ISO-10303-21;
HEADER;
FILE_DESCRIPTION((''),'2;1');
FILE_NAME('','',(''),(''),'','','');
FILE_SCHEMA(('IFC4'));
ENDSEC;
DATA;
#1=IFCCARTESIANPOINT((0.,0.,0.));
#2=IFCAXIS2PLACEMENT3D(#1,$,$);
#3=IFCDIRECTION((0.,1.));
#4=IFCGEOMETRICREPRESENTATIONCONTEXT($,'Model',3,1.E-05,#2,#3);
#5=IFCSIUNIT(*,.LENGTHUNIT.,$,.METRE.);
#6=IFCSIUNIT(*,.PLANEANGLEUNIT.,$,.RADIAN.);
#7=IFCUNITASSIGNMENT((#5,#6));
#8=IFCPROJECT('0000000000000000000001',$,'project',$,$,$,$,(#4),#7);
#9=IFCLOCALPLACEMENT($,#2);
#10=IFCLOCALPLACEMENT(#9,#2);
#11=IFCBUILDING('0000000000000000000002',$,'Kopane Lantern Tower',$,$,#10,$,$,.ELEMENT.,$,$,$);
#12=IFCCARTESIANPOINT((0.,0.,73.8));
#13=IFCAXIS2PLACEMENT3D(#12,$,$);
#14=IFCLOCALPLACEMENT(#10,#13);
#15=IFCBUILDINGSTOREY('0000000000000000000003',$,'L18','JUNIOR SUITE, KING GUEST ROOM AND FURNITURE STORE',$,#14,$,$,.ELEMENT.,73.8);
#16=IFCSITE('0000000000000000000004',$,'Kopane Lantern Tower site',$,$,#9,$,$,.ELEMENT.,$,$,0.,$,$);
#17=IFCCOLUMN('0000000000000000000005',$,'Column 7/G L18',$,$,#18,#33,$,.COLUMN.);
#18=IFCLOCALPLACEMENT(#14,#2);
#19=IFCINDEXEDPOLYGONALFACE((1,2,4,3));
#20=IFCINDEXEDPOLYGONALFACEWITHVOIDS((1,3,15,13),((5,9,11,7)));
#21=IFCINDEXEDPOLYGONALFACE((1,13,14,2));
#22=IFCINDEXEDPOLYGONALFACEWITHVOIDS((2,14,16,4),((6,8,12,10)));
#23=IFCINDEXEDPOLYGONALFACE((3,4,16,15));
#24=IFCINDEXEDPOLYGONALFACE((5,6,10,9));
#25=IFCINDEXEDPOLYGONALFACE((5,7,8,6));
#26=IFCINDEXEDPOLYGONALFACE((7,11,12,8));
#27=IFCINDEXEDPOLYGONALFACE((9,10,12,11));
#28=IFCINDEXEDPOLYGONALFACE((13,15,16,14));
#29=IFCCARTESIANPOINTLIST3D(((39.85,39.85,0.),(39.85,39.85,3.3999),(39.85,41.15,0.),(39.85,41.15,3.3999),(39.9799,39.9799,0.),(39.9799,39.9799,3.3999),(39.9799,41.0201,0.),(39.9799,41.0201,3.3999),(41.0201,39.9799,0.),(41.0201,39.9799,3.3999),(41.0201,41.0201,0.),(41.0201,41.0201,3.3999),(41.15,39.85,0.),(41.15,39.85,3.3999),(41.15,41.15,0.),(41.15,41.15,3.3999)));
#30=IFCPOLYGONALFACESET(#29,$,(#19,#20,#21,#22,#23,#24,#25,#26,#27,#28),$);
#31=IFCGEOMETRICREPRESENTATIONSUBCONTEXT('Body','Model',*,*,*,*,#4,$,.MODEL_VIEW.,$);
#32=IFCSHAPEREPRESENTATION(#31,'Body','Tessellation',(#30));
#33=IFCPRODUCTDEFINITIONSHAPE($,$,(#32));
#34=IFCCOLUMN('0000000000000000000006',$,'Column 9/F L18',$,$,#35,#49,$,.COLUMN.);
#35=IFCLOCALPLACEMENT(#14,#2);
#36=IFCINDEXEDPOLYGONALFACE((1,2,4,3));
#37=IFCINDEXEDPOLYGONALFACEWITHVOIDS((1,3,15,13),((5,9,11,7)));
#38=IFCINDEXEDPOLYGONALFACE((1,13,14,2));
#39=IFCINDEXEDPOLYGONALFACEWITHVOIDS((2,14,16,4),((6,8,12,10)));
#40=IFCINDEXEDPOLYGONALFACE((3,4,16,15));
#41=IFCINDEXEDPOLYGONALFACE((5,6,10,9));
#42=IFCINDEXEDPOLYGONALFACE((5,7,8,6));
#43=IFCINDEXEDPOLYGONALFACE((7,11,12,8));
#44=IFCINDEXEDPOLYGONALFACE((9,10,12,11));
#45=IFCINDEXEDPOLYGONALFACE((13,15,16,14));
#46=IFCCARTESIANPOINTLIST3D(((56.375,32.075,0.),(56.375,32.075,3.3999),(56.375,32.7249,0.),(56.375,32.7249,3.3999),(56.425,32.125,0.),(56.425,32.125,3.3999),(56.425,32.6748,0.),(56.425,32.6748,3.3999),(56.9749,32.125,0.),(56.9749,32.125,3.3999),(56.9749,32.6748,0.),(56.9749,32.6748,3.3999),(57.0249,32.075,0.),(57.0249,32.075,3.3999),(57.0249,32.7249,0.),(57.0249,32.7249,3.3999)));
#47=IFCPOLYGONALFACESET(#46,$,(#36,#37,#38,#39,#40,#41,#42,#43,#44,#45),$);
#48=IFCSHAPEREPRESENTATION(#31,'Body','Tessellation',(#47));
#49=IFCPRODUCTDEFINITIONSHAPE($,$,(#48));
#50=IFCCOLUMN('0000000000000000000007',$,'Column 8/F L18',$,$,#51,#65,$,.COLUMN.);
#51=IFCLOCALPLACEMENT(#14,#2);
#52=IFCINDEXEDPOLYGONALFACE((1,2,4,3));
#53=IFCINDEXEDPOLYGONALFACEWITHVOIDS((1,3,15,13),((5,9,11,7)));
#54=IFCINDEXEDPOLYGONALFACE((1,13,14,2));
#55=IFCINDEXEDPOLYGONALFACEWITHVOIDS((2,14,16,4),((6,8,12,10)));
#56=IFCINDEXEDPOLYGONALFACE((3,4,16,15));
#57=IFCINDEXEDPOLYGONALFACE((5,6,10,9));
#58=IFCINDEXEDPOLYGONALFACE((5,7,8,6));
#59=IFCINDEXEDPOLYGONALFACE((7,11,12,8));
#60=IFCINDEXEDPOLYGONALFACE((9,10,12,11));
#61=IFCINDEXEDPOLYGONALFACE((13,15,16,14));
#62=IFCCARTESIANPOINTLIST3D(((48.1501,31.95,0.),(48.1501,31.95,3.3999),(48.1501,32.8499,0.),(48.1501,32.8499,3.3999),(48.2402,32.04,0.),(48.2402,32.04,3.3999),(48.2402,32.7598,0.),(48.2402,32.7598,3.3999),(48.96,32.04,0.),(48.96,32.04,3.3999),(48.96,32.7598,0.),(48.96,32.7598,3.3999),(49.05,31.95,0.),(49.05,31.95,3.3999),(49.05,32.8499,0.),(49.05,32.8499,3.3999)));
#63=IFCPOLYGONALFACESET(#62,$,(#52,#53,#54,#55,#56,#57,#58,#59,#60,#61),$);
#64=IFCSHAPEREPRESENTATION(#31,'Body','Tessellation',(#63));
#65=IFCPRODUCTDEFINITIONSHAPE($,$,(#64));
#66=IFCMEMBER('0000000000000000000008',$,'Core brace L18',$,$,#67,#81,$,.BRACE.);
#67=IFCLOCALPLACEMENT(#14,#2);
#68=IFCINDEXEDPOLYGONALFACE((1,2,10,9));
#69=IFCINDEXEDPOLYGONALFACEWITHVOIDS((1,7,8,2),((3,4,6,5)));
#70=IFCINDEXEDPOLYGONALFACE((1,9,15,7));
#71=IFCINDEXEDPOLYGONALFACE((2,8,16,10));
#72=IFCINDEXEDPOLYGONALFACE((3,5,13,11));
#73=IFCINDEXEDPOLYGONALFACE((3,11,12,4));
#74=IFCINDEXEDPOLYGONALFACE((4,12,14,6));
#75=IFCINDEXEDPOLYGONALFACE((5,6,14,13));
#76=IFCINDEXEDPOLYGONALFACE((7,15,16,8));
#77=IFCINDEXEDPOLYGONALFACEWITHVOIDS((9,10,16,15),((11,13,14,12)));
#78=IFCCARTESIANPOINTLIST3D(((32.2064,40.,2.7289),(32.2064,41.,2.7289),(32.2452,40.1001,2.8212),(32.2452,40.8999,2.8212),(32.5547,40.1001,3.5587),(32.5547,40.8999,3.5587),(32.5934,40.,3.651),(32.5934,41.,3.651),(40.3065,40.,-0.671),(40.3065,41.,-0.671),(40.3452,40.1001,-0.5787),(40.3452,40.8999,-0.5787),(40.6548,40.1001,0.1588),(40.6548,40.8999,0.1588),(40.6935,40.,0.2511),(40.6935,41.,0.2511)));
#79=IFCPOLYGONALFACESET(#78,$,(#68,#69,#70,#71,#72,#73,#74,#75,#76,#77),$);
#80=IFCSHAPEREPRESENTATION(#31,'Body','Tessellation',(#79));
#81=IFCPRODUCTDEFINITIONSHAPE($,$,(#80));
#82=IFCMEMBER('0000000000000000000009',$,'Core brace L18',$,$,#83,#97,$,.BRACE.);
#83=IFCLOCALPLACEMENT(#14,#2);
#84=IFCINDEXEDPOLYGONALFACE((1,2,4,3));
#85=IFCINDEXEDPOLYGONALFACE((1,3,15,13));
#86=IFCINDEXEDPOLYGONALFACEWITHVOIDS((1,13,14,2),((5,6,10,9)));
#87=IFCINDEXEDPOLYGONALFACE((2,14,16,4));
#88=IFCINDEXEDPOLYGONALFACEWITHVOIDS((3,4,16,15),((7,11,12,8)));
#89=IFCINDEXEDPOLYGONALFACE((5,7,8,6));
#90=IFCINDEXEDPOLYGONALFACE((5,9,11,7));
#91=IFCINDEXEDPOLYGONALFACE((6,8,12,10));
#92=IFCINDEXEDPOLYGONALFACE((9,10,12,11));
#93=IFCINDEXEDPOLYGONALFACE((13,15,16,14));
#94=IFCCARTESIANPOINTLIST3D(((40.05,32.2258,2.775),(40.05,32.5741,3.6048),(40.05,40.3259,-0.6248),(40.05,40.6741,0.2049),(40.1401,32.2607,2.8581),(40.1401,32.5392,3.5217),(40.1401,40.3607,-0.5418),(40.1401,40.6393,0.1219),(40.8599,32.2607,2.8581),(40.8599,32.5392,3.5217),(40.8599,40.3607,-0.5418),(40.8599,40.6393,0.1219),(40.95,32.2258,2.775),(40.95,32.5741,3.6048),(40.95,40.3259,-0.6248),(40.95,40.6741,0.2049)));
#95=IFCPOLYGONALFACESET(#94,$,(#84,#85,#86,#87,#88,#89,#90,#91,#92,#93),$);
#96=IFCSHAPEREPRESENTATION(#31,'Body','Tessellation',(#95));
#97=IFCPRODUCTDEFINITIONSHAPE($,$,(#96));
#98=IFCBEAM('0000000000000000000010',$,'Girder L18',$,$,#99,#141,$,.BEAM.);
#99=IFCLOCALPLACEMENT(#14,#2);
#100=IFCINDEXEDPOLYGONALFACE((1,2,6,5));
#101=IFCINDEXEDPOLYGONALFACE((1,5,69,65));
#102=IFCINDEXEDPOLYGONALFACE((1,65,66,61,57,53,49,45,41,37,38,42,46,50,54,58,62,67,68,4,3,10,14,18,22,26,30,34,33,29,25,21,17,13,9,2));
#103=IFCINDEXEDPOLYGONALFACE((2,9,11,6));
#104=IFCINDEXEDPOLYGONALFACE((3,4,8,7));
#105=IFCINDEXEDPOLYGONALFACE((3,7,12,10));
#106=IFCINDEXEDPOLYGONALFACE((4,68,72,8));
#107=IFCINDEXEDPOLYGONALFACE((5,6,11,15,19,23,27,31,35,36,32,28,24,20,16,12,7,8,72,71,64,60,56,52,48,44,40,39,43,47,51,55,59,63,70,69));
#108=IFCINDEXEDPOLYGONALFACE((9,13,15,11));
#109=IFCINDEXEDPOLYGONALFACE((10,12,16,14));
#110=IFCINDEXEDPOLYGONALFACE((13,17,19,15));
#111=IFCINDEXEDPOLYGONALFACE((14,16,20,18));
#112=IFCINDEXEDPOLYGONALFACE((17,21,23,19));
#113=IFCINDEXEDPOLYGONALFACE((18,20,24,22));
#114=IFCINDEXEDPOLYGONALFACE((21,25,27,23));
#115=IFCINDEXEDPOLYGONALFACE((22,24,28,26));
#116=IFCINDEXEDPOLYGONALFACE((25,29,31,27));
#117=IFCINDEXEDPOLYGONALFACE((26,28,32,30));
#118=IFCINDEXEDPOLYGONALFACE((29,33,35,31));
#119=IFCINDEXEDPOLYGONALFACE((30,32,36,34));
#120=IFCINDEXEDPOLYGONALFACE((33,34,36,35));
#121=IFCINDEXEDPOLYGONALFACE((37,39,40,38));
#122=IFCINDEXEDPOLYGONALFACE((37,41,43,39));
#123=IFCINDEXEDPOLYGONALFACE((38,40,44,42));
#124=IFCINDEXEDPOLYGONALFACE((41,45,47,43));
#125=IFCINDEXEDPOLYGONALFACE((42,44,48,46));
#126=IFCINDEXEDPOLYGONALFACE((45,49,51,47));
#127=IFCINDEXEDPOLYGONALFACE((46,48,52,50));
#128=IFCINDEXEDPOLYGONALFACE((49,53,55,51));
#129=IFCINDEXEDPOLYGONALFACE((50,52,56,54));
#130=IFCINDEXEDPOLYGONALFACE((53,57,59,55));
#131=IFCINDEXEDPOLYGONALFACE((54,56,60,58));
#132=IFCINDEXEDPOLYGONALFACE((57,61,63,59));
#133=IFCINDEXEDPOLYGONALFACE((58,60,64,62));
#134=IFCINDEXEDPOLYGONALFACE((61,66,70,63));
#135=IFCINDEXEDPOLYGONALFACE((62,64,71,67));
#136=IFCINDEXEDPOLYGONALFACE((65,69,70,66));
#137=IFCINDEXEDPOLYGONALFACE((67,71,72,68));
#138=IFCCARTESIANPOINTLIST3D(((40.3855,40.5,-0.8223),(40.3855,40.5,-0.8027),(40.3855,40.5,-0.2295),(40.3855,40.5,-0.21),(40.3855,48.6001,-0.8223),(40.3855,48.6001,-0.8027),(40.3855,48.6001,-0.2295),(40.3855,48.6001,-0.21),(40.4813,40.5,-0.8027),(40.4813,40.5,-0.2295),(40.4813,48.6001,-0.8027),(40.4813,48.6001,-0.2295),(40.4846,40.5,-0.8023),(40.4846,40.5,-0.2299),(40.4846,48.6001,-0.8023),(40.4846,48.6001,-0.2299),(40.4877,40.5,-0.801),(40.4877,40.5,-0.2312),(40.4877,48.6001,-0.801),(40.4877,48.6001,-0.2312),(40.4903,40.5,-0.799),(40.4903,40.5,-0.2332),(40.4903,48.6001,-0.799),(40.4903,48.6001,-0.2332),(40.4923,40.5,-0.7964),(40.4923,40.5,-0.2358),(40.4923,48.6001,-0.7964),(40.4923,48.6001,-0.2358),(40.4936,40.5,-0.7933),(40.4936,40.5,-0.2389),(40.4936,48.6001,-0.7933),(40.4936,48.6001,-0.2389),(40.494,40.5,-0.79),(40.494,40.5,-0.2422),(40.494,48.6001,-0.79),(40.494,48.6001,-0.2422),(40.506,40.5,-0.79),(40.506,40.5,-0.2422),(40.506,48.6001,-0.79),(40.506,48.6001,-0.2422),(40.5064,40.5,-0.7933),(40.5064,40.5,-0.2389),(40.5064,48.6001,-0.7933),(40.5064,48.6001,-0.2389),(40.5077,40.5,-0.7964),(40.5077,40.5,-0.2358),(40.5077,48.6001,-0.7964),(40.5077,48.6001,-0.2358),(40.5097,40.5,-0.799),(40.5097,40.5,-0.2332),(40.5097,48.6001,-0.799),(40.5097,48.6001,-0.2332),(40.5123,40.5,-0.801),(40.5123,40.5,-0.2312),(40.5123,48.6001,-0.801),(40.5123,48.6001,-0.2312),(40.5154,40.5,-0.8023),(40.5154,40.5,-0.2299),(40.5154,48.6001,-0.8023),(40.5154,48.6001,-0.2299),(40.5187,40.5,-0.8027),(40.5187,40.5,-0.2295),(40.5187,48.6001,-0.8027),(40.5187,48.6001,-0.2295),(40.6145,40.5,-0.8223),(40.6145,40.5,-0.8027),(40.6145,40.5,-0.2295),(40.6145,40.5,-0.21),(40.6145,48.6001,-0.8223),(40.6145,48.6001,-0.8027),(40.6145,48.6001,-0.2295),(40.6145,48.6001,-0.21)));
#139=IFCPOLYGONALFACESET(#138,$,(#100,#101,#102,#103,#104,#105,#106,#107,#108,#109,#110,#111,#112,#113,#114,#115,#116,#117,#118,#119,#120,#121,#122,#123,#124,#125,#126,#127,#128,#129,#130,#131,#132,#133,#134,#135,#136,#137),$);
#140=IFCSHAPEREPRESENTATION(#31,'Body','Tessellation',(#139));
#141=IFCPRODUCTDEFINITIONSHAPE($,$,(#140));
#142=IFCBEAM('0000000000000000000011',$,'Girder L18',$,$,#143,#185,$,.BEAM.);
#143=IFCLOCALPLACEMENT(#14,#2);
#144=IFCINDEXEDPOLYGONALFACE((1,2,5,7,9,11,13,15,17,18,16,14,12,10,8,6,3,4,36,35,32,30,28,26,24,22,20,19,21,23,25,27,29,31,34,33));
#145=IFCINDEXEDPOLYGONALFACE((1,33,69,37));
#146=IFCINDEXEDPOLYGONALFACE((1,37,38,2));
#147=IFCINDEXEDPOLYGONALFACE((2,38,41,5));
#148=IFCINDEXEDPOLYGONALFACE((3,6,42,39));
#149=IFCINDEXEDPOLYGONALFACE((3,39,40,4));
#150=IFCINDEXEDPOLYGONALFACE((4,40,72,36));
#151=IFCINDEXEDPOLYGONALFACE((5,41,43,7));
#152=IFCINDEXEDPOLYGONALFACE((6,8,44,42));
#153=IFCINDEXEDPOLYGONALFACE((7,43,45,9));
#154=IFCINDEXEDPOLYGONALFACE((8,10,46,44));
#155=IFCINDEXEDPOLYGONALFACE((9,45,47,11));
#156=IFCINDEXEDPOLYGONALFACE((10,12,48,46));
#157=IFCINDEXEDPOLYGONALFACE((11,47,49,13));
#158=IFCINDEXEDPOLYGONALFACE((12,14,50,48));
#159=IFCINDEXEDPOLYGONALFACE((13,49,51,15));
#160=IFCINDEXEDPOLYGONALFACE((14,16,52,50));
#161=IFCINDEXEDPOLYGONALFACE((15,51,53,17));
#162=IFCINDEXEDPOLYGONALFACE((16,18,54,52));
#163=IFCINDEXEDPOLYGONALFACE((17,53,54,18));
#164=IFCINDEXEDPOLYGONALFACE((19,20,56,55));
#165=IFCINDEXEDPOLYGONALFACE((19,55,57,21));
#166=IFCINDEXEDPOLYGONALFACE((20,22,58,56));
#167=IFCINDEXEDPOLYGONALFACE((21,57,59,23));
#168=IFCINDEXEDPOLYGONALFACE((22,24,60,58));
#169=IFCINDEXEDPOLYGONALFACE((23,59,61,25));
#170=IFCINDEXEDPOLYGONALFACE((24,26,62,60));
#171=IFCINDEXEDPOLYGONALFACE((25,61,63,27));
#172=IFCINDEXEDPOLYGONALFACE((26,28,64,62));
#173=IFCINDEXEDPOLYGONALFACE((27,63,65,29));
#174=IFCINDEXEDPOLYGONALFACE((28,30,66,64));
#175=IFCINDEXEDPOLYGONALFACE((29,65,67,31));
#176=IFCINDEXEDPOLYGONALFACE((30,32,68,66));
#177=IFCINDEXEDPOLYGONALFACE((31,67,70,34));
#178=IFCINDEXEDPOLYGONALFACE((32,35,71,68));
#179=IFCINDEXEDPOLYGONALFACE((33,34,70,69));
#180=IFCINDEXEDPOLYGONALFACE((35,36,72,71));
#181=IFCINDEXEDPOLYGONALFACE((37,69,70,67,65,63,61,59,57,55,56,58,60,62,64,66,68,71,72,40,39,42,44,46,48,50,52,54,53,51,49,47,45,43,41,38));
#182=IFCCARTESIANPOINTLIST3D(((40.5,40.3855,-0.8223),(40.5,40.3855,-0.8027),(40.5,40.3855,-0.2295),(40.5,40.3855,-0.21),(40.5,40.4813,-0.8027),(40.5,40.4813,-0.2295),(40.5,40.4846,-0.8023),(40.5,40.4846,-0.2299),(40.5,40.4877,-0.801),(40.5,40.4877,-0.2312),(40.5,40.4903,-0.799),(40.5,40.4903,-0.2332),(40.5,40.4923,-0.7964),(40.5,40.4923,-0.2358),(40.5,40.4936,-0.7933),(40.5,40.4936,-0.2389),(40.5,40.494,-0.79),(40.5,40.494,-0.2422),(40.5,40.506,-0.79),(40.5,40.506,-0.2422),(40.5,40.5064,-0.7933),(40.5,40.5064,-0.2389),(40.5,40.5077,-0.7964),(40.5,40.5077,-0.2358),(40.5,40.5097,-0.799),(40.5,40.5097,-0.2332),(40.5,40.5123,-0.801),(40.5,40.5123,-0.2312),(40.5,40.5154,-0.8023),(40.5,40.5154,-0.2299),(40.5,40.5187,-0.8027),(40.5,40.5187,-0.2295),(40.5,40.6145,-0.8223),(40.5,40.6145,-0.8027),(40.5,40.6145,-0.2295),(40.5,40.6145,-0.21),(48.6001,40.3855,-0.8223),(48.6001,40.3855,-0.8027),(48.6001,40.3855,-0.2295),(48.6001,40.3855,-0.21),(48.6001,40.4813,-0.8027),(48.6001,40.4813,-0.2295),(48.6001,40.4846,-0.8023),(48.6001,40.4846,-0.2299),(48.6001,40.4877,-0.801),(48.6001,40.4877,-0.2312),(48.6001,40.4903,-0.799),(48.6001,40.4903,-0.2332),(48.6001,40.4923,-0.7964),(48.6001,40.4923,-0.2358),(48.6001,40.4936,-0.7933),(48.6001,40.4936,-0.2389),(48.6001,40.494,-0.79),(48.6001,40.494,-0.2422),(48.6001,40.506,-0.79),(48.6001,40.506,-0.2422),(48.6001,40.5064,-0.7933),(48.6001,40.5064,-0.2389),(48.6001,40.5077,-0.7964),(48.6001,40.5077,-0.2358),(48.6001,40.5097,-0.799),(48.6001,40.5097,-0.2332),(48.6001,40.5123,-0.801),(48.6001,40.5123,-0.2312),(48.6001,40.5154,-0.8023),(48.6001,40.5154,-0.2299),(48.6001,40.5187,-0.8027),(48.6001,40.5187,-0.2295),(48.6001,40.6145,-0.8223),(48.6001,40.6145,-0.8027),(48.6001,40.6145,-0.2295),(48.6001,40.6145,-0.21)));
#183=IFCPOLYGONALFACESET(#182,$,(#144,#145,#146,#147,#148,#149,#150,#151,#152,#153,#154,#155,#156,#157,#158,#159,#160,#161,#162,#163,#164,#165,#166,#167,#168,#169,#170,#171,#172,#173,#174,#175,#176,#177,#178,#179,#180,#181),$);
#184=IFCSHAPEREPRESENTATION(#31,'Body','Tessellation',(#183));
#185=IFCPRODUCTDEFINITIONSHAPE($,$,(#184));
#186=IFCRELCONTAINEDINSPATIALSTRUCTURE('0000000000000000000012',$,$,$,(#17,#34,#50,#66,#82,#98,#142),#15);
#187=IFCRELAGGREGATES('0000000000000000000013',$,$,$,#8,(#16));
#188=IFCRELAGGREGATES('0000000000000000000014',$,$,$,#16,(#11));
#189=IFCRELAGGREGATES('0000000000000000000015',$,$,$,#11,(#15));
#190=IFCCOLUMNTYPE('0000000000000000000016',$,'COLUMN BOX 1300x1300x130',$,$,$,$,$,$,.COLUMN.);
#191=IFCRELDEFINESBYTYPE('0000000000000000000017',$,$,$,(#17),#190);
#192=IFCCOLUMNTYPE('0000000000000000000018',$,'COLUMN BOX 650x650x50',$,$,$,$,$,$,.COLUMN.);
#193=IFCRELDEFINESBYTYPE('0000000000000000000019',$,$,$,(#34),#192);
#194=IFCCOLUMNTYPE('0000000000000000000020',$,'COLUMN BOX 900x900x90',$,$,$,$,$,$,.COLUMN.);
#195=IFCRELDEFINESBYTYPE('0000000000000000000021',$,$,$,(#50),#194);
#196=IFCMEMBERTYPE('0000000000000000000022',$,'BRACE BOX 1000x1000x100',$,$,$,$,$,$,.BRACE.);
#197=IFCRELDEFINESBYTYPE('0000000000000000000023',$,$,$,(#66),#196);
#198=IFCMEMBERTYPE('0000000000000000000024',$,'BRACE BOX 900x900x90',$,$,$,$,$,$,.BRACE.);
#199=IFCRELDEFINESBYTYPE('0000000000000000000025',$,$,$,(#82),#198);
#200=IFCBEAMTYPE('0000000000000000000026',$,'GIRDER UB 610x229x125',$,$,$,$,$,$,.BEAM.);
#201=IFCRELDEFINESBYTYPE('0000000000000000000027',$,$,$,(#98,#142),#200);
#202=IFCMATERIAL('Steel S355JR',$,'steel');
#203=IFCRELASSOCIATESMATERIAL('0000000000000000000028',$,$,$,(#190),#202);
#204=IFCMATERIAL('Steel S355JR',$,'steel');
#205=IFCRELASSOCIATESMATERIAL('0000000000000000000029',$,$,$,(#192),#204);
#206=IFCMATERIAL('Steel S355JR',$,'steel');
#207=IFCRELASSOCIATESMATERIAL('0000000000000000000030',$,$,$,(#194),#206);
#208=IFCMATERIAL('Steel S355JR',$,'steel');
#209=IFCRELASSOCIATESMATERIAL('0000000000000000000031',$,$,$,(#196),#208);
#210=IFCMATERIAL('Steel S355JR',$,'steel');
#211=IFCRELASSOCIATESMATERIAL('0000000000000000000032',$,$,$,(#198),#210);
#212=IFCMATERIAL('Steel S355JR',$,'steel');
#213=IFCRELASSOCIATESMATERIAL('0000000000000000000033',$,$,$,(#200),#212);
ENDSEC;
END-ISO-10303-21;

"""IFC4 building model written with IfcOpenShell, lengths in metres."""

from ifc_helpers import new_model, si_unit, direction, frame, origin, origin_2d, place, context, subcontext, project, spatial, hollow_rectangle, i_section, extrude, material, material_profile, profile_set, type_object, element, save


model = new_model("IFC4")

# Units and contexts
model_context = context("Model", 3, precision=1e-05, world=origin(), true_north=direction((0.0, 1.0)))
body_context = subcontext(model_context, "Body", "Model", "MODEL_VIEW")
ifc_project = project(units=[si_unit("LENGTHUNIT", "METRE"), si_unit("PLANEANGLEUNIT", "RADIAN")], contexts=[model_context])

# Site, building, storey
site_placement = place(None, origin())
site = spatial("IfcSite", under=ifc_project, at=site_placement, Name="Kopane Lantern Tower site", CompositionType="ELEMENT", RefElevation=0.0)
building_placement = place(site_placement, origin())
building = spatial("IfcBuilding", under=site, at=building_placement, Name="Kopane Lantern Tower", CompositionType="ELEMENT")
storey_placement = place(building_placement, frame((0.0, 0.0, 73.8)))
storey = spatial("IfcBuildingStorey", under=building, at=storey_placement, Name="L18", Description="JUNIOR SUITE, KING GUEST ROOM AND FURNITURE STORE", CompositionType="ELEMENT", Elevation=73.8)

# Columns
ifc_material_1 = material(Name="Steel S355JR", Category="steel")
ifc_material_profile_1 = material_profile(ifc_material_1, hollow_rectangle(XDim=1.3, YDim=1.3, WallThickness=0.1299, at=origin_2d()), Name="BOX 1300x1300x130")
ifc_profile_set_1 = profile_set([ifc_material_profile_1], Name="Steel S355JR")
column_type_1 = type_object("IfcColumnType", Name="COLUMN BOX 1300x1300x130", PredefinedType="COLUMN", material=ifc_profile_set_1)
column_1_placement = place(storey_placement, frame((40.5, 40.5, 0.0), z_axis=(0.0, 0.0, 1.0), x_axis=(1.0, 0.0, 0.0)))
element("IfcColumn", 1, at=column_1_placement, inside=storey, type_object=column_type_1, Name="Column 7/G L18", PredefinedType="COLUMN", context=body_context, shape_type="SweptSolid", body=[
    extrude(hollow_rectangle(XDim=1.3, YDim=1.3, WallThickness=0.1299, at=origin_2d()), origin(), (0.0, 0.0, 1.0), 3.3999),
])
ifc_material_2 = material(Name="Steel S355JR", Category="steel")
ifc_material_profile_2 = material_profile(ifc_material_2, hollow_rectangle(XDim=0.6499, YDim=0.6499, WallThickness=0.05, at=origin_2d()), Name="BOX 650x650x50")
ifc_profile_set_2 = profile_set([ifc_material_profile_2], Name="Steel S355JR")
column_type_2 = type_object("IfcColumnType", Name="COLUMN BOX 650x650x50", PredefinedType="COLUMN", material=ifc_profile_set_2)
column_2_placement = place(storey_placement, frame((56.7, 32.3999, 0.0), z_axis=(0.0, 0.0, 1.0), x_axis=(1.0, 0.0, 0.0)))
element("IfcColumn", 2, at=column_2_placement, inside=storey, type_object=column_type_2, Name="Column 9/F L18", PredefinedType="COLUMN", context=body_context, shape_type="SweptSolid", body=[
    extrude(hollow_rectangle(XDim=0.6499, YDim=0.6499, WallThickness=0.05, at=origin_2d()), origin(), (0.0, 0.0, 1.0), 3.3999),
])
ifc_material_3 = material(Name="Steel S355JR", Category="steel")
ifc_material_profile_3 = material_profile(ifc_material_3, hollow_rectangle(XDim=0.8999, YDim=0.8999, WallThickness=0.0901, at=origin_2d()), Name="BOX 900x900x90")
ifc_profile_set_3 = profile_set([ifc_material_profile_3], Name="Steel S355JR")
column_type_3 = type_object("IfcColumnType", Name="COLUMN BOX 900x900x90", PredefinedType="COLUMN", material=ifc_profile_set_3)
column_3_placement = place(storey_placement, frame((48.6001, 32.3999, 0.0), z_axis=(0.0, 0.0, 1.0), x_axis=(1.0, 0.0, 0.0)))
element("IfcColumn", 3, at=column_3_placement, inside=storey, type_object=column_type_3, Name="Column 8/F L18", PredefinedType="COLUMN", context=body_context, shape_type="SweptSolid", body=[
    extrude(hollow_rectangle(XDim=0.8999, YDim=0.8999, WallThickness=0.0901, at=origin_2d()), origin(), (0.0, 0.0, 1.0), 3.3999),
])

# Members
ifc_material_4 = material(Name="Steel S355JR", Category="steel")
ifc_material_profile_4 = material_profile(ifc_material_4, hollow_rectangle(XDim=1.0, YDim=1.0, WallThickness=0.1001, at=origin_2d()), Name="BOX 1000x1000x100")
ifc_profile_set_4 = profile_set([ifc_material_profile_4], Name="Steel S355JR")
member_type_1 = type_object("IfcMemberType", Name="BRACE BOX 1000x1000x100", PredefinedType="BRACE", material=ifc_profile_set_4)
member_1_placement = place(storey_placement, frame((40.5, 40.5, -0.21), z_axis=(-0.922069, 0.0, 0.387026), x_axis=(0.0, -1.0, 0.0)))
element("IfcMember", 4, at=member_1_placement, inside=storey, type_object=member_type_1, Name="Core brace L18", PredefinedType="BRACE", context=body_context, shape_type="SweptSolid", body=[
    extrude(hollow_rectangle(XDim=1.0, YDim=1.0, WallThickness=0.1001, at=origin_2d()), origin(), (0.0, 0.0, 1.0), 8.7847),
])
ifc_material_5 = material(Name="Steel S355JR", Category="steel")
ifc_material_profile_5 = material_profile(ifc_material_5, hollow_rectangle(XDim=0.8999, YDim=0.8999, WallThickness=0.0901, at=origin_2d()), Name="BOX 900x900x90")
ifc_profile_set_5 = profile_set([ifc_material_profile_5], Name="Steel S355JR")
member_type_2 = type_object("IfcMemberType", Name="BRACE BOX 900x900x90", PredefinedType="BRACE", material=ifc_profile_set_5)
member_2_placement = place(storey_placement, frame((40.5, 40.5, -0.21), z_axis=(0.0, -0.922069, 0.387026), x_axis=(1.0, 0.0, 0.0)))
element("IfcMember", 5, at=member_2_placement, inside=storey, type_object=member_type_2, Name="Core brace L18", PredefinedType="BRACE", context=body_context, shape_type="SweptSolid", body=[
    extrude(hollow_rectangle(XDim=0.8999, YDim=0.8999, WallThickness=0.0901, at=origin_2d()), origin(), (0.0, 0.0, 1.0), 8.7847),
])

# Beams
ifc_material_6 = material(Name="Steel S355JR", Category="steel")
ifc_material_profile_6 = material_profile(ifc_material_6, i_section(OverallWidth=0.229, OverallDepth=0.6123, WebThickness=0.012, FlangeThickness=0.0195, FilletRadius=0.0127, at=origin_2d()), Name="UB 610x229x125")
ifc_profile_set_6 = profile_set([ifc_material_profile_6], Name="Steel S355JR")
beam_type = type_object("IfcBeamType", Name="GIRDER UB 610x229x125", PredefinedType="BEAM", material=ifc_profile_set_6)
for number, where, z_axis, x_axis, name in (
    (6, (40.5, 40.5, -0.5161), (0.0, 1.0, 0.0), (-1.0, 0.0, 0.0), "Girder L18"),
    (7, (40.5, 40.5, -0.5161), (1.0, 0.0, 0.0), (0.0, 1.0, 0.0), "Girder L18"),
):
    element("IfcBeam", number, at=place(storey_placement, frame(where, z_axis=z_axis, x_axis=x_axis)), inside=storey, type_object=beam_type, Name=name, PredefinedType="BEAM", context=body_context, shape_type="SweptSolid", body=[
        extrude(i_section(OverallWidth=0.229, OverallDepth=0.6123, WebThickness=0.012, FlangeThickness=0.0195, FilletRadius=0.0127, at=origin_2d()), origin(), (0.0, 0.0, 1.0), 8.1001),
    ])

save(model, "model.ifc")
